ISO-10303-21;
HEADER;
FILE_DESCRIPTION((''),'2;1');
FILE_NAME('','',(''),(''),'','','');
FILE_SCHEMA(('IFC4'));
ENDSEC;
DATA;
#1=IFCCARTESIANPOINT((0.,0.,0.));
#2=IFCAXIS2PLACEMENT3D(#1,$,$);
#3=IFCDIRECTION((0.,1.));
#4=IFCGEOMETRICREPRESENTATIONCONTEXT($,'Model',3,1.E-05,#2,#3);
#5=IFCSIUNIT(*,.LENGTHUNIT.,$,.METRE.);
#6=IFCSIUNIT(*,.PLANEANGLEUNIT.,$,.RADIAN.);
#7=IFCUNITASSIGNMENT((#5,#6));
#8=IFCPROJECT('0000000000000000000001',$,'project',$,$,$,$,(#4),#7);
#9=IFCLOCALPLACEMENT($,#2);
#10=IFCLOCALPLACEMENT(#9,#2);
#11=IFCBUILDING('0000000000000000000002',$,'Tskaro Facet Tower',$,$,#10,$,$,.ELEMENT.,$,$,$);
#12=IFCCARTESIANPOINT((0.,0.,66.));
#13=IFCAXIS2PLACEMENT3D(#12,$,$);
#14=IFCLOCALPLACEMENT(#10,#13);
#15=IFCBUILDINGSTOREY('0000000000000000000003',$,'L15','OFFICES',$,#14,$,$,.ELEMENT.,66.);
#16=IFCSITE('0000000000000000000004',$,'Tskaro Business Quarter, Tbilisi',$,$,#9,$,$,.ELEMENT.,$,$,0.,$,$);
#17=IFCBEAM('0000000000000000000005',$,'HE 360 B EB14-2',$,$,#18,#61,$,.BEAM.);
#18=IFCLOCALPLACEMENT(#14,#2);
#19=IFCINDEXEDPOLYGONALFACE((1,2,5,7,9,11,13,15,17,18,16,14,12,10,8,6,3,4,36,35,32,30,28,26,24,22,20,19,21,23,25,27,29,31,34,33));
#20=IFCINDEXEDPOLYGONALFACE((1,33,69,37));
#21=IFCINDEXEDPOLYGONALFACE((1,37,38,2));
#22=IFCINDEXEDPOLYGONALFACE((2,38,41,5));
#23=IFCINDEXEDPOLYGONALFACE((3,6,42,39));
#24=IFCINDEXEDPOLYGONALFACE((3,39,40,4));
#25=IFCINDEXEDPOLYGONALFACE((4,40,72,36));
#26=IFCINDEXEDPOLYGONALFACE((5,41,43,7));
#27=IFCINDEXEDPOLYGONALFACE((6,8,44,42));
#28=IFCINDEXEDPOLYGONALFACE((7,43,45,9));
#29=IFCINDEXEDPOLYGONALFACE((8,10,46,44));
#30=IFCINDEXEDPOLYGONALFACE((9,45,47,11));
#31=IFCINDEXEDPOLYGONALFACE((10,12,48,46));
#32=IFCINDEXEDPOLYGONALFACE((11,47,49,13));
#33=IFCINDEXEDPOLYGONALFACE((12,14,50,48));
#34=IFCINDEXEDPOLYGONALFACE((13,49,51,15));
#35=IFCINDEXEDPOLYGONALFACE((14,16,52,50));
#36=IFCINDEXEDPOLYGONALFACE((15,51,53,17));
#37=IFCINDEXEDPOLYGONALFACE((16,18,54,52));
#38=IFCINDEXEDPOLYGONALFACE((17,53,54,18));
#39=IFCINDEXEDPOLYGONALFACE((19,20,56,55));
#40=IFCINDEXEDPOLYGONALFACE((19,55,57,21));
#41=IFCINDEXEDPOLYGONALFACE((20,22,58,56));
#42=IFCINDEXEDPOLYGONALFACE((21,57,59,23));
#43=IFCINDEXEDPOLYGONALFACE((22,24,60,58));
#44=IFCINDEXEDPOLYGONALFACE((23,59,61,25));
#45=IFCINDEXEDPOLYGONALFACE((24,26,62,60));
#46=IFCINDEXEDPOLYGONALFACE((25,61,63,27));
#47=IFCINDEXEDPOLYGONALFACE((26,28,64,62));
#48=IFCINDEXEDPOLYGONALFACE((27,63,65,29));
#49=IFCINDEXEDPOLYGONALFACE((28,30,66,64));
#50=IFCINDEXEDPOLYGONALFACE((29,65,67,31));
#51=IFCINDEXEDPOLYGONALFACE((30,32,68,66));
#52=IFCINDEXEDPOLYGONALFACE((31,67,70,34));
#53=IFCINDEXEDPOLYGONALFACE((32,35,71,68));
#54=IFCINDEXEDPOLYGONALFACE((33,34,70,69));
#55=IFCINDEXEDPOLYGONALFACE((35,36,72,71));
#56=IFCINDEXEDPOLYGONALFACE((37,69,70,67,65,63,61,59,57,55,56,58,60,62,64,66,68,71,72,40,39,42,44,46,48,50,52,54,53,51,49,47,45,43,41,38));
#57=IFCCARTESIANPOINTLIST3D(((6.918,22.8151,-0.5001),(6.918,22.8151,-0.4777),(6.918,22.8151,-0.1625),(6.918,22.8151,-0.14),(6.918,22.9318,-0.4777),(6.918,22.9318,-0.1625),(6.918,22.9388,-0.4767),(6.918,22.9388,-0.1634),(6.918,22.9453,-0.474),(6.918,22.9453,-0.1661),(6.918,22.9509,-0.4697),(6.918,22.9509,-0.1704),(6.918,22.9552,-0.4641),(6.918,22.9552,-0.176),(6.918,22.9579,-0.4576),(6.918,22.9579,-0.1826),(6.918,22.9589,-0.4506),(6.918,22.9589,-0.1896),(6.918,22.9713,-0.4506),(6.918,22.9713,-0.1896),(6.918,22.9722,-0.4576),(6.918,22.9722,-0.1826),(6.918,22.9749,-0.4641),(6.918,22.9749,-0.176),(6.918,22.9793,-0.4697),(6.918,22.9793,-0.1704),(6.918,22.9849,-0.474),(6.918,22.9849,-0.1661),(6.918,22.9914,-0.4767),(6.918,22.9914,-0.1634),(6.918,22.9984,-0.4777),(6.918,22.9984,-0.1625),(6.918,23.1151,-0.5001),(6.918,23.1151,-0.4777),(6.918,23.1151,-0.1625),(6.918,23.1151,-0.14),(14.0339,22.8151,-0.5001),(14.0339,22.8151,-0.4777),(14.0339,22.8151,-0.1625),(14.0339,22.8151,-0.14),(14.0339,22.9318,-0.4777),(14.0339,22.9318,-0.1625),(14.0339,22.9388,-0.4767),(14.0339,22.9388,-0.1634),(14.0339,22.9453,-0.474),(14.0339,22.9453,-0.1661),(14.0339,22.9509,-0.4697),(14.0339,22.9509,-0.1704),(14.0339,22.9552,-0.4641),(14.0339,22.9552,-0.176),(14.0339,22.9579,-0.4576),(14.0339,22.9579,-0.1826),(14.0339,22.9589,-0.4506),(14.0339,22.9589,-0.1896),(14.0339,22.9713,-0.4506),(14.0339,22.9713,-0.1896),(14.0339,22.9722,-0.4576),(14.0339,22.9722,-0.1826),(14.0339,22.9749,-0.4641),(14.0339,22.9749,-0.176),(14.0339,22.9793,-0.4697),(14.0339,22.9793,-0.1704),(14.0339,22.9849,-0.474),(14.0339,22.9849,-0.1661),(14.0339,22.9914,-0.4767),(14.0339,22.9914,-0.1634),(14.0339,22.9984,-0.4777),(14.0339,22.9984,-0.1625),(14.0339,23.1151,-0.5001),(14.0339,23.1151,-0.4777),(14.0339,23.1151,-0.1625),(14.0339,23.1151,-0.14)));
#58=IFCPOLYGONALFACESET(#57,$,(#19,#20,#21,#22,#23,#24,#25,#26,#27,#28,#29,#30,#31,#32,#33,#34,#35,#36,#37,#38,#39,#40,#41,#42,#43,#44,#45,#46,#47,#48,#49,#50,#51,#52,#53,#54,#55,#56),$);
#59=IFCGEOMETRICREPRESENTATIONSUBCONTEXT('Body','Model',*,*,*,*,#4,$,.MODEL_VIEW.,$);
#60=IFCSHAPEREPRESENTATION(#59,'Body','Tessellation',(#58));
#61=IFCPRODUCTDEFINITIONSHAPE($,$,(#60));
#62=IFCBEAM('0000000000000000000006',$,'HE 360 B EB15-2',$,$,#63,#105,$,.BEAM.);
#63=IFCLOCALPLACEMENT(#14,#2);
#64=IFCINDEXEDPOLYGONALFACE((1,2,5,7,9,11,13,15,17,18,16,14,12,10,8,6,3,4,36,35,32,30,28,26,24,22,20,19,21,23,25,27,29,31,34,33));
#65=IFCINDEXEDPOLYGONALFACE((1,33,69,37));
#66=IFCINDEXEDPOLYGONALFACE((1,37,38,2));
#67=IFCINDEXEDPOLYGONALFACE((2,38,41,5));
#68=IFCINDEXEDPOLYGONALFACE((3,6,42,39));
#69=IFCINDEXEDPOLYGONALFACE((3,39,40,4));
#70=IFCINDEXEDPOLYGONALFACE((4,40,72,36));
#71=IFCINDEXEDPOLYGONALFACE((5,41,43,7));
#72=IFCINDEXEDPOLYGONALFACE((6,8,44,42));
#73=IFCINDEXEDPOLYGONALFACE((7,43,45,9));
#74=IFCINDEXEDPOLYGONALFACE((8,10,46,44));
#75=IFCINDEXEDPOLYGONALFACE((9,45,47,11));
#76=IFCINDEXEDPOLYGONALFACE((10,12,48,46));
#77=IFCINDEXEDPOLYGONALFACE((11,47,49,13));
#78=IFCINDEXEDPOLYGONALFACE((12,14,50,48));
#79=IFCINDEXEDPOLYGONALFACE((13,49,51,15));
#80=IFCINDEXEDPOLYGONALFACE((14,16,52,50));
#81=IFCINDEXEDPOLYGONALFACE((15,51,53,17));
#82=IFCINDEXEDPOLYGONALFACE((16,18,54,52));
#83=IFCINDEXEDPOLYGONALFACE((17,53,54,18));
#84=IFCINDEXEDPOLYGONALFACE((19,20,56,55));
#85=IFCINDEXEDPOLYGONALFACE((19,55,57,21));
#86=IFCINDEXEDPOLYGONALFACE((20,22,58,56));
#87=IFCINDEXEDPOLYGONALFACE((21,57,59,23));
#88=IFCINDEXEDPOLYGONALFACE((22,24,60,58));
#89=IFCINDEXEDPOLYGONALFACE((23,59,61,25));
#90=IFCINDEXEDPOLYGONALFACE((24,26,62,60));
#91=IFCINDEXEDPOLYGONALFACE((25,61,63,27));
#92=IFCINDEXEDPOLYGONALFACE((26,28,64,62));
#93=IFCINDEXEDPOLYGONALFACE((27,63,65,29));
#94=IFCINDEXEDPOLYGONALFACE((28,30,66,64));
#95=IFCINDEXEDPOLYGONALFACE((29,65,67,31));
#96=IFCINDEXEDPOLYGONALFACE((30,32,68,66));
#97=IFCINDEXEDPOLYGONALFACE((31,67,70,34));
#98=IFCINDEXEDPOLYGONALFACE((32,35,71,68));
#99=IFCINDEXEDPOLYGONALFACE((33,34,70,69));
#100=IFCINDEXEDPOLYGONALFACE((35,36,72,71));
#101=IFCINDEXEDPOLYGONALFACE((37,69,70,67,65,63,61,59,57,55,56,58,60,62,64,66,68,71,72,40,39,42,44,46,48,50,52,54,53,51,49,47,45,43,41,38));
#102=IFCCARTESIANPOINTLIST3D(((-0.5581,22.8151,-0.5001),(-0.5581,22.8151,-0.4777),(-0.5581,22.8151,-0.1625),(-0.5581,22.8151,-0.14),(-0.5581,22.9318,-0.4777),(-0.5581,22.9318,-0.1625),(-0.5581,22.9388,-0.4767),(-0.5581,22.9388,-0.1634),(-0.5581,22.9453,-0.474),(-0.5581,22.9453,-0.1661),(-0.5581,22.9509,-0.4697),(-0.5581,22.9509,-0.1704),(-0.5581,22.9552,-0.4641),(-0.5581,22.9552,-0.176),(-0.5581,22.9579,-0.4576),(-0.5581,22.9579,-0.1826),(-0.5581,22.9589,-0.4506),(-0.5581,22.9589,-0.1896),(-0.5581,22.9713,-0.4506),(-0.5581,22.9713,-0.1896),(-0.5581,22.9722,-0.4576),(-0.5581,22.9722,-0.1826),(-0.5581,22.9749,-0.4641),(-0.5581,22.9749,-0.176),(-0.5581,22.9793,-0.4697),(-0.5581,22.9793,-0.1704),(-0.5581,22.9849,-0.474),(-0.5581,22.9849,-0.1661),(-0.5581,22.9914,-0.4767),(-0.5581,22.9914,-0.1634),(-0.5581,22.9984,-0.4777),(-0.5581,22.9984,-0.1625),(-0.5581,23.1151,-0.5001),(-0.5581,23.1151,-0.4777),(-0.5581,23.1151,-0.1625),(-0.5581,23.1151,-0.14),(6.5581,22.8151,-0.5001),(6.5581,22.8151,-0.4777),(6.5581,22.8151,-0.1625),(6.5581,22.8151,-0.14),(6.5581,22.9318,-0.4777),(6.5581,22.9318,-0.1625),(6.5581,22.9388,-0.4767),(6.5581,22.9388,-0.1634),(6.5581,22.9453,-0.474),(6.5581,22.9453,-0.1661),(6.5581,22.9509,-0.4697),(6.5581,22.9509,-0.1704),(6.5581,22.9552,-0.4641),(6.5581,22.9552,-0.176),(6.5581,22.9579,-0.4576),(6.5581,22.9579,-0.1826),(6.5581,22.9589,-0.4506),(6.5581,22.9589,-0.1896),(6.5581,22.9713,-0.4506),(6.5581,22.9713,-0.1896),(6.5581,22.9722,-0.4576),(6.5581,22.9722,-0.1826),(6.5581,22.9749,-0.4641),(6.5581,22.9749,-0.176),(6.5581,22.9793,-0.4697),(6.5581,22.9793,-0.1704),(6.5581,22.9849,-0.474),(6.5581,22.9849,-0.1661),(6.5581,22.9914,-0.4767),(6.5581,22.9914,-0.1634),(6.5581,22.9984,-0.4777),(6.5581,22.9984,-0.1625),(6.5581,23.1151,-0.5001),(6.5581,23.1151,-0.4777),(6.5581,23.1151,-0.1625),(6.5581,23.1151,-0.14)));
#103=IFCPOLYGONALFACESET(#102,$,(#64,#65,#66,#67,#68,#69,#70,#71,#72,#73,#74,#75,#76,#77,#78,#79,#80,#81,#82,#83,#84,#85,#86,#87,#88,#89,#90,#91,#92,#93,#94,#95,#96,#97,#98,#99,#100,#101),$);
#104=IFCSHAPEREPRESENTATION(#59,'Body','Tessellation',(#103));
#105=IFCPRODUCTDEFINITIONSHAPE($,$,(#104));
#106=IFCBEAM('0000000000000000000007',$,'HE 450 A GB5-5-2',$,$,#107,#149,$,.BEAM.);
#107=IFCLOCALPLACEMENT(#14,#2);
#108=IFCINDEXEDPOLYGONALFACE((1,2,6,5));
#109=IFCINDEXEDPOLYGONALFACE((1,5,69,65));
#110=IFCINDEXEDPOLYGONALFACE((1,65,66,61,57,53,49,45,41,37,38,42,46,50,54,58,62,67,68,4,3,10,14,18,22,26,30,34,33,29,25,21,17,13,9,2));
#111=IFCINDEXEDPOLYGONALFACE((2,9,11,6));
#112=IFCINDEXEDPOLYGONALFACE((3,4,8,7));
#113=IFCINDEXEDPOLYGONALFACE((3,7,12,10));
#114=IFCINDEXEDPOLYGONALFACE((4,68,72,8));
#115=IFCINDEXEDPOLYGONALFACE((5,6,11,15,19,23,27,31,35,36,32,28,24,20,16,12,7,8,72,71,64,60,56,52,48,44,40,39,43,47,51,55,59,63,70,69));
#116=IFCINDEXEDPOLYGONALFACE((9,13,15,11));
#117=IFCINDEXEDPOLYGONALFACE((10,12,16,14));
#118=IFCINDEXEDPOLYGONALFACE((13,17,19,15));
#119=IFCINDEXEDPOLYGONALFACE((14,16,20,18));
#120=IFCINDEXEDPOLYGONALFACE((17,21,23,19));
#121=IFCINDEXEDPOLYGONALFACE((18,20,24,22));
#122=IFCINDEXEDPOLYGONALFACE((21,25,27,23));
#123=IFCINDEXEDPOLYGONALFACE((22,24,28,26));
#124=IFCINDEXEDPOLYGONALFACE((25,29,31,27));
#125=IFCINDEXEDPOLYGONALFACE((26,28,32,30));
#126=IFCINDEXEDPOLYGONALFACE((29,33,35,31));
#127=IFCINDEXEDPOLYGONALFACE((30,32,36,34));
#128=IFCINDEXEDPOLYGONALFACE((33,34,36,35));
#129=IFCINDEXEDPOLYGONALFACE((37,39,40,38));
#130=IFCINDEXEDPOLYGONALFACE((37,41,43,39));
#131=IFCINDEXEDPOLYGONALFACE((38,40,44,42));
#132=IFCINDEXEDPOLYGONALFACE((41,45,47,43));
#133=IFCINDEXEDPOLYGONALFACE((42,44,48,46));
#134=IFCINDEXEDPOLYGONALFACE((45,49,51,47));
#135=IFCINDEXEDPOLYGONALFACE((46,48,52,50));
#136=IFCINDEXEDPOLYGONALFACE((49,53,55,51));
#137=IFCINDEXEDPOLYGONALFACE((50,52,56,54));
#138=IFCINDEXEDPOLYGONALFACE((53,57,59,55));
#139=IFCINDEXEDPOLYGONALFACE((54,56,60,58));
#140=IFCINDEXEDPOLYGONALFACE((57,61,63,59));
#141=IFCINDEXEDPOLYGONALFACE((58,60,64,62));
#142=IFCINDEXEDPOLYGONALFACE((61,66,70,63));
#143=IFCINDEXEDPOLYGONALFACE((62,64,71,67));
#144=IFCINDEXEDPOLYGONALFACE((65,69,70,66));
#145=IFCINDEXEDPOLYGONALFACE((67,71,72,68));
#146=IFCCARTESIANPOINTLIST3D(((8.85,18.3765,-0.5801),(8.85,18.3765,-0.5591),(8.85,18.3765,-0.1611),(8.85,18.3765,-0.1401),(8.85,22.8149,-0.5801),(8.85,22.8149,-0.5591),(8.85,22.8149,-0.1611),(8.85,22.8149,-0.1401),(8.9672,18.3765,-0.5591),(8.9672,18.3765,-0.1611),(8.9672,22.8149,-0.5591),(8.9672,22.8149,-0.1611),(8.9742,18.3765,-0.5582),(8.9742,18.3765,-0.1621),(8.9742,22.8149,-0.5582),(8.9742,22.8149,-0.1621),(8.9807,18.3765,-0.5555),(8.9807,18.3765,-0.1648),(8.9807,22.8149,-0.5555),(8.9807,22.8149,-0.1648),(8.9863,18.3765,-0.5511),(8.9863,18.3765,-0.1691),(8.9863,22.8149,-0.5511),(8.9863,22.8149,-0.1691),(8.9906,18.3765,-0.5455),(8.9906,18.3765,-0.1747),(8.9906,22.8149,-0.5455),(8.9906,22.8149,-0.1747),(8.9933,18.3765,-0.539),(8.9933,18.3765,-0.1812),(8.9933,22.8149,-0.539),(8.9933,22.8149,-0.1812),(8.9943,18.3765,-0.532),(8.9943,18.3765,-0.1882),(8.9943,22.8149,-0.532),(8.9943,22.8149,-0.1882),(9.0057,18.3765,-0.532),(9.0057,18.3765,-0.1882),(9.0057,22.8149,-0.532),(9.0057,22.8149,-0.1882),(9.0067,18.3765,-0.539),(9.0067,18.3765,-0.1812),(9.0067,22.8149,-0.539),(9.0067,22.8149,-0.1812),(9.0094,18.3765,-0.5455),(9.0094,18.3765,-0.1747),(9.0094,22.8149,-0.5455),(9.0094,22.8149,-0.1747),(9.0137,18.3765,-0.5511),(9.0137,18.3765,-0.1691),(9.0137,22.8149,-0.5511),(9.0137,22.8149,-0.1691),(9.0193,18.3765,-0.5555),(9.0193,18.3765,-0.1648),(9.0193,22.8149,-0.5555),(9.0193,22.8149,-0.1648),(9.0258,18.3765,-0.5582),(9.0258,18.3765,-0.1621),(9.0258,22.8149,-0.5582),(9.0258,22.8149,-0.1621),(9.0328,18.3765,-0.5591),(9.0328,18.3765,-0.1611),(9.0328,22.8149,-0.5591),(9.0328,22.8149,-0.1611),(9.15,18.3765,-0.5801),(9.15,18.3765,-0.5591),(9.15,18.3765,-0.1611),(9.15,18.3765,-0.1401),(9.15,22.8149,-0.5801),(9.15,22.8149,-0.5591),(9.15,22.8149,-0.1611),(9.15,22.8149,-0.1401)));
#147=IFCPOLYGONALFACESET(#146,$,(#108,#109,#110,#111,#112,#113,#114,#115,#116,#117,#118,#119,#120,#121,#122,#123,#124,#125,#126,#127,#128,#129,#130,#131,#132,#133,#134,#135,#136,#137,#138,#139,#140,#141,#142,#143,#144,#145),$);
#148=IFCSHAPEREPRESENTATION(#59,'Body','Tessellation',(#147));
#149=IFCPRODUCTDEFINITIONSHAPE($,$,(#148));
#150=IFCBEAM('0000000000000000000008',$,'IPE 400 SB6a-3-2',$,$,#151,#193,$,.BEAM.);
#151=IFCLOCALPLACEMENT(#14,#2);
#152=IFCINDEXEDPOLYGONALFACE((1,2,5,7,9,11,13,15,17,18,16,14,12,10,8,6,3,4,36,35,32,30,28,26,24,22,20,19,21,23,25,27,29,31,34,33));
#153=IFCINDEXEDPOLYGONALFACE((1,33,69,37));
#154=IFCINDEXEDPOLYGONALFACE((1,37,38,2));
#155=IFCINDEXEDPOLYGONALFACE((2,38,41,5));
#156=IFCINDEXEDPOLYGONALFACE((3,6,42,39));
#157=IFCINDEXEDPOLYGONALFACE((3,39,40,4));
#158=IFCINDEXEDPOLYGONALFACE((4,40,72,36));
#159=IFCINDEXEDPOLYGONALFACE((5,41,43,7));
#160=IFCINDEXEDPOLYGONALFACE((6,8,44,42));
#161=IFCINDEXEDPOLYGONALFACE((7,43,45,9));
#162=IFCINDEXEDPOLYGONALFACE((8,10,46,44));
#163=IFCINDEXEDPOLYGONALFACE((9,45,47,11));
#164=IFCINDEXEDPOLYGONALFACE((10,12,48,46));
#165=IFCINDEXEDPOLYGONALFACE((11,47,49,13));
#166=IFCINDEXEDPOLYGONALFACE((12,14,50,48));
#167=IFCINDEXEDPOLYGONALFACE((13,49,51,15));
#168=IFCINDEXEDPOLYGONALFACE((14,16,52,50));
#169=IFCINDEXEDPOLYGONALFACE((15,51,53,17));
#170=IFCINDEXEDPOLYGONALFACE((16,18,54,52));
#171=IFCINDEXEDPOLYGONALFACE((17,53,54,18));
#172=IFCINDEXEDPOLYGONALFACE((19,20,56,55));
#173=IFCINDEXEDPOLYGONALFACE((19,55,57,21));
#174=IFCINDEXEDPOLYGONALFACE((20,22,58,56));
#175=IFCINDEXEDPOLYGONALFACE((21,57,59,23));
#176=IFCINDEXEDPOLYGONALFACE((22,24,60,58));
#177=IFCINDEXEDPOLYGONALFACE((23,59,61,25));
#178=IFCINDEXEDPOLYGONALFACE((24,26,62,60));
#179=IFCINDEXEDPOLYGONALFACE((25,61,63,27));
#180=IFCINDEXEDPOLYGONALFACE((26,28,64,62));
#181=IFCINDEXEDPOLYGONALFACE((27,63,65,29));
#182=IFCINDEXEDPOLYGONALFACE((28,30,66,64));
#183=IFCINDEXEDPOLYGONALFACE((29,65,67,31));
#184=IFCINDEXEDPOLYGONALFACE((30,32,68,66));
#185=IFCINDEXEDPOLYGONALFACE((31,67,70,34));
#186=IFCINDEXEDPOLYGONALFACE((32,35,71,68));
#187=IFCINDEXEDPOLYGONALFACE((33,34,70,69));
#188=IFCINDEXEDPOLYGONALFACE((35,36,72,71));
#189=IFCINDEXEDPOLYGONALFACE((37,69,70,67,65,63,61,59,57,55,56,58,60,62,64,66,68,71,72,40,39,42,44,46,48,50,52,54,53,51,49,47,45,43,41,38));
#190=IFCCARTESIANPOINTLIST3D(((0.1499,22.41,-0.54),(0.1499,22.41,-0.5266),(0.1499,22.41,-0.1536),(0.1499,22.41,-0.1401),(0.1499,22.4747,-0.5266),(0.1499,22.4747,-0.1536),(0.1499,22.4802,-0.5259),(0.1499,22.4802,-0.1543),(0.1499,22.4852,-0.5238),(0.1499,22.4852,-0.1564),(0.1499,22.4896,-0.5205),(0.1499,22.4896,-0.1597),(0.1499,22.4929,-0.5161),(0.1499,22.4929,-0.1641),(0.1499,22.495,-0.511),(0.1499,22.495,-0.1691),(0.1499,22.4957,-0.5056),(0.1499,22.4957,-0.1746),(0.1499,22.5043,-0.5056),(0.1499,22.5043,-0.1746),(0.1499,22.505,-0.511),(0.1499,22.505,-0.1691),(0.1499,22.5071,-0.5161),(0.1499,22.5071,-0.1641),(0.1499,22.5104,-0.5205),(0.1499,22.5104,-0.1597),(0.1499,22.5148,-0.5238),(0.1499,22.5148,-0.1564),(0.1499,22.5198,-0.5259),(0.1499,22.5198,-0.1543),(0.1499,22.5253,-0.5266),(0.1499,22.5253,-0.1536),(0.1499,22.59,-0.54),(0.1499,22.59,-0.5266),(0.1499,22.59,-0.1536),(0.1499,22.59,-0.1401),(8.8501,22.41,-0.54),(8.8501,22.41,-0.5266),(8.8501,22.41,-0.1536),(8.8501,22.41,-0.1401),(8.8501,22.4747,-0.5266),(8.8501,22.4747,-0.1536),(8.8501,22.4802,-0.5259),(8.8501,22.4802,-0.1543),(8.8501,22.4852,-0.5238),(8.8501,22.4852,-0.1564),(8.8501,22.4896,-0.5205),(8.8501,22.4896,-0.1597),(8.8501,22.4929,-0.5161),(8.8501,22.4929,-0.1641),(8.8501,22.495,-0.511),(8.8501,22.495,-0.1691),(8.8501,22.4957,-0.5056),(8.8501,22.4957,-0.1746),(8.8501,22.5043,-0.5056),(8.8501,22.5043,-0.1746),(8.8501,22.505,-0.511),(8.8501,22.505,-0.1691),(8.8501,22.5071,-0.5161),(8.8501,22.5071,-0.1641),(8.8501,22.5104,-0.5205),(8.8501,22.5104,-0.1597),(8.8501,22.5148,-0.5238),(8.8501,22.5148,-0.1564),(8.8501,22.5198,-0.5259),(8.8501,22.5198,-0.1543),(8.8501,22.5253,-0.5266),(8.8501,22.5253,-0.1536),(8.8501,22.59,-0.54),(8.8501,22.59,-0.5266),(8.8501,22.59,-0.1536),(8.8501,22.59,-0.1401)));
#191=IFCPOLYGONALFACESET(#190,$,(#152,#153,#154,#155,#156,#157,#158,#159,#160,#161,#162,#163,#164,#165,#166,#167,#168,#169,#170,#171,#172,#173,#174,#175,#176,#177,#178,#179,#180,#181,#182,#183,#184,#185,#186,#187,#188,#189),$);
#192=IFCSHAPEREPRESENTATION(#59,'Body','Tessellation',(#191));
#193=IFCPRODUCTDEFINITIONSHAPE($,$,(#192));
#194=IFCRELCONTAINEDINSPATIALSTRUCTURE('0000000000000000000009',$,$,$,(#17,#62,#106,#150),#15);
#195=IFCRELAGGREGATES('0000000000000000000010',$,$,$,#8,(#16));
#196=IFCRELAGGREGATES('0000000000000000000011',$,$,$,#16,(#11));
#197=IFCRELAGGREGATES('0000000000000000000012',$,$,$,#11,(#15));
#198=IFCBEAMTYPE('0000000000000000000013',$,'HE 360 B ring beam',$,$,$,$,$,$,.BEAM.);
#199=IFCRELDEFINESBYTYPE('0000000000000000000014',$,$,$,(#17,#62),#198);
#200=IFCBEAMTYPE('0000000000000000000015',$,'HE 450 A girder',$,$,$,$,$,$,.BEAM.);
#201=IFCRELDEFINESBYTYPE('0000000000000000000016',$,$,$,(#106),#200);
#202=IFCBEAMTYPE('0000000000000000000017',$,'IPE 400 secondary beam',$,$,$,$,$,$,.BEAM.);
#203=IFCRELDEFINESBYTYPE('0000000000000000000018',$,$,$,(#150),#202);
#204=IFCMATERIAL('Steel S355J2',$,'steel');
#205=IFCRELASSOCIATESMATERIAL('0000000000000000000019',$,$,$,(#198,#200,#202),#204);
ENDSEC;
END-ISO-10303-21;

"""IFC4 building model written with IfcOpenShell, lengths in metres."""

from ifc_helpers import new_model, si_unit, direction, frame, origin, origin_2d, place, context, subcontext, project, spatial, i_section, extrude, material, material_profile, profile_set, type_object, element, save


model = new_model("IFC4")

# Units and contexts
model_context = context("Model", 3, precision=1e-05, world=origin(), true_north=direction((0.0, 1.0)))
body_context = subcontext(model_context, "Body", "Model", "MODEL_VIEW")
ifc_project = project(units=[si_unit("LENGTHUNIT", "METRE"), si_unit("PLANEANGLEUNIT", "RADIAN")], contexts=[model_context])

# Site, building, storey
site_placement = place(None, origin())
site = spatial("IfcSite", under=ifc_project, at=site_placement, Name="Tskaro Business Quarter, Tbilisi", CompositionType="ELEMENT", RefElevation=0.0)
building_placement = place(site_placement, origin())
building = spatial("IfcBuilding", under=site, at=building_placement, Name="Tskaro Facet Tower", CompositionType="ELEMENT")
storey_placement = place(building_placement, frame((0.0, 0.0, 66.0)))
storey = spatial("IfcBuildingStorey", under=building, at=storey_placement, Name="L15", Description="OFFICES", CompositionType="ELEMENT", Elevation=66.0)

# Beams
ifc_material_1 = material(Name="Steel S355J2", Category="steel")
ifc_material_profile_1 = material_profile(ifc_material_1, i_section(OverallWidth=0.3, OverallDepth=0.3601, WebThickness=0.0125, FlangeThickness=0.0225, FilletRadius=0.0271, at=origin_2d()), Name="HE 360 B")
ifc_profile_set_1 = profile_set([ifc_material_profile_1], Name="Steel S355J2")
beam_type_1 = type_object("IfcBeamType", Name="HE 360 B ring beam", PredefinedType="BEAM", material=ifc_profile_set_1)
beam_1_placement = place(storey_placement, frame((14.0339, 22.9651, -0.3201), z_axis=(-1.0, 0.0, 0.0), x_axis=(0.0, -1.0, 0.0)))
element("IfcBeam", 1, at=beam_1_placement, inside=storey, type_object=beam_type_1, Name="HE 360 B EB14-2", PredefinedType="BEAM", context=body_context, shape_type="SweptSolid", body=[
    extrude(i_section(OverallWidth=0.3, OverallDepth=0.3601, WebThickness=0.0125, FlangeThickness=0.0225, FilletRadius=0.0271, at=origin_2d()), origin(), (0.0, 0.0, 1.0), 7.116),
])
beam_2_placement = place(storey_placement, frame((6.5581, 22.9651, -0.3201), z_axis=(-1.0, 0.0, 0.0), x_axis=(0.0, -1.0, 0.0)))
element("IfcBeam", 2, at=beam_2_placement, inside=storey, type_object=beam_type_1, Name="HE 360 B EB15-2", PredefinedType="BEAM", context=body_context, shape_type="SweptSolid", body=[
    extrude(i_section(OverallWidth=0.3, OverallDepth=0.3601, WebThickness=0.0125, FlangeThickness=0.0225, FilletRadius=0.0271, at=origin_2d()), origin(), (0.0, 0.0, 1.0), 7.1162),
])
ifc_material_profile_2 = material_profile(ifc_material_1, i_section(OverallWidth=0.3, OverallDepth=0.4399, WebThickness=0.0115, FlangeThickness=0.021, FilletRadius=0.0271, at=origin_2d()), Name="HE 450 A")
ifc_profile_set_2 = profile_set([ifc_material_profile_2], Name="Steel S355J2")
beam_type_2 = type_object("IfcBeamType", Name="HE 450 A girder", PredefinedType="BEAM", material=ifc_profile_set_2)
beam_3_placement = place(storey_placement, frame((9.0, 18.3765, -0.3601), z_axis=(0.0, 1.0, 0.0), x_axis=(-1.0, 0.0, 0.0)))
element("IfcBeam", 3, at=beam_3_placement, inside=storey, type_object=beam_type_2, Name="HE 450 A GB5-5-2", PredefinedType="BEAM", context=body_context, shape_type="SweptSolid", body=[
    extrude(i_section(OverallWidth=0.3, OverallDepth=0.4399, WebThickness=0.0115, FlangeThickness=0.021, FilletRadius=0.0271, at=origin_2d()), origin(), (0.0, 0.0, 1.0), 4.4385),
])
ifc_material_profile_3 = material_profile(ifc_material_1, i_section(OverallWidth=0.1799, OverallDepth=0.3999, WebThickness=0.0085, FlangeThickness=0.0134, FilletRadius=0.021, at=origin_2d()), Name="IPE 400")
ifc_profile_set_3 = profile_set([ifc_material_profile_3], Name="Steel S355J2")
beam_type_3 = type_object("IfcBeamType", Name="IPE 400 secondary beam", PredefinedType="BEAM", material=ifc_profile_set_3)
for number, where, z_axis, x_axis, name in (
    (4, (0.1499, 22.5, -0.3401), (1.0, 0.0, 0.0), (0.0, 1.0, 0.0), "IPE 400 SB6a-3-2"),
):
    element("IfcBeam", number, at=place(storey_placement, frame(where, z_axis=z_axis, x_axis=x_axis)), inside=storey, type_object=beam_type_3, Name=name, PredefinedType="BEAM", context=body_context, shape_type="SweptSolid", body=[
        extrude(i_section(OverallWidth=0.1799, OverallDepth=0.3999, WebThickness=0.0085, FlangeThickness=0.0134, FilletRadius=0.021, at=origin_2d()), origin(), (0.0, 0.0, 1.0), 8.7002),
    ])

save(model, "model.ifc")
